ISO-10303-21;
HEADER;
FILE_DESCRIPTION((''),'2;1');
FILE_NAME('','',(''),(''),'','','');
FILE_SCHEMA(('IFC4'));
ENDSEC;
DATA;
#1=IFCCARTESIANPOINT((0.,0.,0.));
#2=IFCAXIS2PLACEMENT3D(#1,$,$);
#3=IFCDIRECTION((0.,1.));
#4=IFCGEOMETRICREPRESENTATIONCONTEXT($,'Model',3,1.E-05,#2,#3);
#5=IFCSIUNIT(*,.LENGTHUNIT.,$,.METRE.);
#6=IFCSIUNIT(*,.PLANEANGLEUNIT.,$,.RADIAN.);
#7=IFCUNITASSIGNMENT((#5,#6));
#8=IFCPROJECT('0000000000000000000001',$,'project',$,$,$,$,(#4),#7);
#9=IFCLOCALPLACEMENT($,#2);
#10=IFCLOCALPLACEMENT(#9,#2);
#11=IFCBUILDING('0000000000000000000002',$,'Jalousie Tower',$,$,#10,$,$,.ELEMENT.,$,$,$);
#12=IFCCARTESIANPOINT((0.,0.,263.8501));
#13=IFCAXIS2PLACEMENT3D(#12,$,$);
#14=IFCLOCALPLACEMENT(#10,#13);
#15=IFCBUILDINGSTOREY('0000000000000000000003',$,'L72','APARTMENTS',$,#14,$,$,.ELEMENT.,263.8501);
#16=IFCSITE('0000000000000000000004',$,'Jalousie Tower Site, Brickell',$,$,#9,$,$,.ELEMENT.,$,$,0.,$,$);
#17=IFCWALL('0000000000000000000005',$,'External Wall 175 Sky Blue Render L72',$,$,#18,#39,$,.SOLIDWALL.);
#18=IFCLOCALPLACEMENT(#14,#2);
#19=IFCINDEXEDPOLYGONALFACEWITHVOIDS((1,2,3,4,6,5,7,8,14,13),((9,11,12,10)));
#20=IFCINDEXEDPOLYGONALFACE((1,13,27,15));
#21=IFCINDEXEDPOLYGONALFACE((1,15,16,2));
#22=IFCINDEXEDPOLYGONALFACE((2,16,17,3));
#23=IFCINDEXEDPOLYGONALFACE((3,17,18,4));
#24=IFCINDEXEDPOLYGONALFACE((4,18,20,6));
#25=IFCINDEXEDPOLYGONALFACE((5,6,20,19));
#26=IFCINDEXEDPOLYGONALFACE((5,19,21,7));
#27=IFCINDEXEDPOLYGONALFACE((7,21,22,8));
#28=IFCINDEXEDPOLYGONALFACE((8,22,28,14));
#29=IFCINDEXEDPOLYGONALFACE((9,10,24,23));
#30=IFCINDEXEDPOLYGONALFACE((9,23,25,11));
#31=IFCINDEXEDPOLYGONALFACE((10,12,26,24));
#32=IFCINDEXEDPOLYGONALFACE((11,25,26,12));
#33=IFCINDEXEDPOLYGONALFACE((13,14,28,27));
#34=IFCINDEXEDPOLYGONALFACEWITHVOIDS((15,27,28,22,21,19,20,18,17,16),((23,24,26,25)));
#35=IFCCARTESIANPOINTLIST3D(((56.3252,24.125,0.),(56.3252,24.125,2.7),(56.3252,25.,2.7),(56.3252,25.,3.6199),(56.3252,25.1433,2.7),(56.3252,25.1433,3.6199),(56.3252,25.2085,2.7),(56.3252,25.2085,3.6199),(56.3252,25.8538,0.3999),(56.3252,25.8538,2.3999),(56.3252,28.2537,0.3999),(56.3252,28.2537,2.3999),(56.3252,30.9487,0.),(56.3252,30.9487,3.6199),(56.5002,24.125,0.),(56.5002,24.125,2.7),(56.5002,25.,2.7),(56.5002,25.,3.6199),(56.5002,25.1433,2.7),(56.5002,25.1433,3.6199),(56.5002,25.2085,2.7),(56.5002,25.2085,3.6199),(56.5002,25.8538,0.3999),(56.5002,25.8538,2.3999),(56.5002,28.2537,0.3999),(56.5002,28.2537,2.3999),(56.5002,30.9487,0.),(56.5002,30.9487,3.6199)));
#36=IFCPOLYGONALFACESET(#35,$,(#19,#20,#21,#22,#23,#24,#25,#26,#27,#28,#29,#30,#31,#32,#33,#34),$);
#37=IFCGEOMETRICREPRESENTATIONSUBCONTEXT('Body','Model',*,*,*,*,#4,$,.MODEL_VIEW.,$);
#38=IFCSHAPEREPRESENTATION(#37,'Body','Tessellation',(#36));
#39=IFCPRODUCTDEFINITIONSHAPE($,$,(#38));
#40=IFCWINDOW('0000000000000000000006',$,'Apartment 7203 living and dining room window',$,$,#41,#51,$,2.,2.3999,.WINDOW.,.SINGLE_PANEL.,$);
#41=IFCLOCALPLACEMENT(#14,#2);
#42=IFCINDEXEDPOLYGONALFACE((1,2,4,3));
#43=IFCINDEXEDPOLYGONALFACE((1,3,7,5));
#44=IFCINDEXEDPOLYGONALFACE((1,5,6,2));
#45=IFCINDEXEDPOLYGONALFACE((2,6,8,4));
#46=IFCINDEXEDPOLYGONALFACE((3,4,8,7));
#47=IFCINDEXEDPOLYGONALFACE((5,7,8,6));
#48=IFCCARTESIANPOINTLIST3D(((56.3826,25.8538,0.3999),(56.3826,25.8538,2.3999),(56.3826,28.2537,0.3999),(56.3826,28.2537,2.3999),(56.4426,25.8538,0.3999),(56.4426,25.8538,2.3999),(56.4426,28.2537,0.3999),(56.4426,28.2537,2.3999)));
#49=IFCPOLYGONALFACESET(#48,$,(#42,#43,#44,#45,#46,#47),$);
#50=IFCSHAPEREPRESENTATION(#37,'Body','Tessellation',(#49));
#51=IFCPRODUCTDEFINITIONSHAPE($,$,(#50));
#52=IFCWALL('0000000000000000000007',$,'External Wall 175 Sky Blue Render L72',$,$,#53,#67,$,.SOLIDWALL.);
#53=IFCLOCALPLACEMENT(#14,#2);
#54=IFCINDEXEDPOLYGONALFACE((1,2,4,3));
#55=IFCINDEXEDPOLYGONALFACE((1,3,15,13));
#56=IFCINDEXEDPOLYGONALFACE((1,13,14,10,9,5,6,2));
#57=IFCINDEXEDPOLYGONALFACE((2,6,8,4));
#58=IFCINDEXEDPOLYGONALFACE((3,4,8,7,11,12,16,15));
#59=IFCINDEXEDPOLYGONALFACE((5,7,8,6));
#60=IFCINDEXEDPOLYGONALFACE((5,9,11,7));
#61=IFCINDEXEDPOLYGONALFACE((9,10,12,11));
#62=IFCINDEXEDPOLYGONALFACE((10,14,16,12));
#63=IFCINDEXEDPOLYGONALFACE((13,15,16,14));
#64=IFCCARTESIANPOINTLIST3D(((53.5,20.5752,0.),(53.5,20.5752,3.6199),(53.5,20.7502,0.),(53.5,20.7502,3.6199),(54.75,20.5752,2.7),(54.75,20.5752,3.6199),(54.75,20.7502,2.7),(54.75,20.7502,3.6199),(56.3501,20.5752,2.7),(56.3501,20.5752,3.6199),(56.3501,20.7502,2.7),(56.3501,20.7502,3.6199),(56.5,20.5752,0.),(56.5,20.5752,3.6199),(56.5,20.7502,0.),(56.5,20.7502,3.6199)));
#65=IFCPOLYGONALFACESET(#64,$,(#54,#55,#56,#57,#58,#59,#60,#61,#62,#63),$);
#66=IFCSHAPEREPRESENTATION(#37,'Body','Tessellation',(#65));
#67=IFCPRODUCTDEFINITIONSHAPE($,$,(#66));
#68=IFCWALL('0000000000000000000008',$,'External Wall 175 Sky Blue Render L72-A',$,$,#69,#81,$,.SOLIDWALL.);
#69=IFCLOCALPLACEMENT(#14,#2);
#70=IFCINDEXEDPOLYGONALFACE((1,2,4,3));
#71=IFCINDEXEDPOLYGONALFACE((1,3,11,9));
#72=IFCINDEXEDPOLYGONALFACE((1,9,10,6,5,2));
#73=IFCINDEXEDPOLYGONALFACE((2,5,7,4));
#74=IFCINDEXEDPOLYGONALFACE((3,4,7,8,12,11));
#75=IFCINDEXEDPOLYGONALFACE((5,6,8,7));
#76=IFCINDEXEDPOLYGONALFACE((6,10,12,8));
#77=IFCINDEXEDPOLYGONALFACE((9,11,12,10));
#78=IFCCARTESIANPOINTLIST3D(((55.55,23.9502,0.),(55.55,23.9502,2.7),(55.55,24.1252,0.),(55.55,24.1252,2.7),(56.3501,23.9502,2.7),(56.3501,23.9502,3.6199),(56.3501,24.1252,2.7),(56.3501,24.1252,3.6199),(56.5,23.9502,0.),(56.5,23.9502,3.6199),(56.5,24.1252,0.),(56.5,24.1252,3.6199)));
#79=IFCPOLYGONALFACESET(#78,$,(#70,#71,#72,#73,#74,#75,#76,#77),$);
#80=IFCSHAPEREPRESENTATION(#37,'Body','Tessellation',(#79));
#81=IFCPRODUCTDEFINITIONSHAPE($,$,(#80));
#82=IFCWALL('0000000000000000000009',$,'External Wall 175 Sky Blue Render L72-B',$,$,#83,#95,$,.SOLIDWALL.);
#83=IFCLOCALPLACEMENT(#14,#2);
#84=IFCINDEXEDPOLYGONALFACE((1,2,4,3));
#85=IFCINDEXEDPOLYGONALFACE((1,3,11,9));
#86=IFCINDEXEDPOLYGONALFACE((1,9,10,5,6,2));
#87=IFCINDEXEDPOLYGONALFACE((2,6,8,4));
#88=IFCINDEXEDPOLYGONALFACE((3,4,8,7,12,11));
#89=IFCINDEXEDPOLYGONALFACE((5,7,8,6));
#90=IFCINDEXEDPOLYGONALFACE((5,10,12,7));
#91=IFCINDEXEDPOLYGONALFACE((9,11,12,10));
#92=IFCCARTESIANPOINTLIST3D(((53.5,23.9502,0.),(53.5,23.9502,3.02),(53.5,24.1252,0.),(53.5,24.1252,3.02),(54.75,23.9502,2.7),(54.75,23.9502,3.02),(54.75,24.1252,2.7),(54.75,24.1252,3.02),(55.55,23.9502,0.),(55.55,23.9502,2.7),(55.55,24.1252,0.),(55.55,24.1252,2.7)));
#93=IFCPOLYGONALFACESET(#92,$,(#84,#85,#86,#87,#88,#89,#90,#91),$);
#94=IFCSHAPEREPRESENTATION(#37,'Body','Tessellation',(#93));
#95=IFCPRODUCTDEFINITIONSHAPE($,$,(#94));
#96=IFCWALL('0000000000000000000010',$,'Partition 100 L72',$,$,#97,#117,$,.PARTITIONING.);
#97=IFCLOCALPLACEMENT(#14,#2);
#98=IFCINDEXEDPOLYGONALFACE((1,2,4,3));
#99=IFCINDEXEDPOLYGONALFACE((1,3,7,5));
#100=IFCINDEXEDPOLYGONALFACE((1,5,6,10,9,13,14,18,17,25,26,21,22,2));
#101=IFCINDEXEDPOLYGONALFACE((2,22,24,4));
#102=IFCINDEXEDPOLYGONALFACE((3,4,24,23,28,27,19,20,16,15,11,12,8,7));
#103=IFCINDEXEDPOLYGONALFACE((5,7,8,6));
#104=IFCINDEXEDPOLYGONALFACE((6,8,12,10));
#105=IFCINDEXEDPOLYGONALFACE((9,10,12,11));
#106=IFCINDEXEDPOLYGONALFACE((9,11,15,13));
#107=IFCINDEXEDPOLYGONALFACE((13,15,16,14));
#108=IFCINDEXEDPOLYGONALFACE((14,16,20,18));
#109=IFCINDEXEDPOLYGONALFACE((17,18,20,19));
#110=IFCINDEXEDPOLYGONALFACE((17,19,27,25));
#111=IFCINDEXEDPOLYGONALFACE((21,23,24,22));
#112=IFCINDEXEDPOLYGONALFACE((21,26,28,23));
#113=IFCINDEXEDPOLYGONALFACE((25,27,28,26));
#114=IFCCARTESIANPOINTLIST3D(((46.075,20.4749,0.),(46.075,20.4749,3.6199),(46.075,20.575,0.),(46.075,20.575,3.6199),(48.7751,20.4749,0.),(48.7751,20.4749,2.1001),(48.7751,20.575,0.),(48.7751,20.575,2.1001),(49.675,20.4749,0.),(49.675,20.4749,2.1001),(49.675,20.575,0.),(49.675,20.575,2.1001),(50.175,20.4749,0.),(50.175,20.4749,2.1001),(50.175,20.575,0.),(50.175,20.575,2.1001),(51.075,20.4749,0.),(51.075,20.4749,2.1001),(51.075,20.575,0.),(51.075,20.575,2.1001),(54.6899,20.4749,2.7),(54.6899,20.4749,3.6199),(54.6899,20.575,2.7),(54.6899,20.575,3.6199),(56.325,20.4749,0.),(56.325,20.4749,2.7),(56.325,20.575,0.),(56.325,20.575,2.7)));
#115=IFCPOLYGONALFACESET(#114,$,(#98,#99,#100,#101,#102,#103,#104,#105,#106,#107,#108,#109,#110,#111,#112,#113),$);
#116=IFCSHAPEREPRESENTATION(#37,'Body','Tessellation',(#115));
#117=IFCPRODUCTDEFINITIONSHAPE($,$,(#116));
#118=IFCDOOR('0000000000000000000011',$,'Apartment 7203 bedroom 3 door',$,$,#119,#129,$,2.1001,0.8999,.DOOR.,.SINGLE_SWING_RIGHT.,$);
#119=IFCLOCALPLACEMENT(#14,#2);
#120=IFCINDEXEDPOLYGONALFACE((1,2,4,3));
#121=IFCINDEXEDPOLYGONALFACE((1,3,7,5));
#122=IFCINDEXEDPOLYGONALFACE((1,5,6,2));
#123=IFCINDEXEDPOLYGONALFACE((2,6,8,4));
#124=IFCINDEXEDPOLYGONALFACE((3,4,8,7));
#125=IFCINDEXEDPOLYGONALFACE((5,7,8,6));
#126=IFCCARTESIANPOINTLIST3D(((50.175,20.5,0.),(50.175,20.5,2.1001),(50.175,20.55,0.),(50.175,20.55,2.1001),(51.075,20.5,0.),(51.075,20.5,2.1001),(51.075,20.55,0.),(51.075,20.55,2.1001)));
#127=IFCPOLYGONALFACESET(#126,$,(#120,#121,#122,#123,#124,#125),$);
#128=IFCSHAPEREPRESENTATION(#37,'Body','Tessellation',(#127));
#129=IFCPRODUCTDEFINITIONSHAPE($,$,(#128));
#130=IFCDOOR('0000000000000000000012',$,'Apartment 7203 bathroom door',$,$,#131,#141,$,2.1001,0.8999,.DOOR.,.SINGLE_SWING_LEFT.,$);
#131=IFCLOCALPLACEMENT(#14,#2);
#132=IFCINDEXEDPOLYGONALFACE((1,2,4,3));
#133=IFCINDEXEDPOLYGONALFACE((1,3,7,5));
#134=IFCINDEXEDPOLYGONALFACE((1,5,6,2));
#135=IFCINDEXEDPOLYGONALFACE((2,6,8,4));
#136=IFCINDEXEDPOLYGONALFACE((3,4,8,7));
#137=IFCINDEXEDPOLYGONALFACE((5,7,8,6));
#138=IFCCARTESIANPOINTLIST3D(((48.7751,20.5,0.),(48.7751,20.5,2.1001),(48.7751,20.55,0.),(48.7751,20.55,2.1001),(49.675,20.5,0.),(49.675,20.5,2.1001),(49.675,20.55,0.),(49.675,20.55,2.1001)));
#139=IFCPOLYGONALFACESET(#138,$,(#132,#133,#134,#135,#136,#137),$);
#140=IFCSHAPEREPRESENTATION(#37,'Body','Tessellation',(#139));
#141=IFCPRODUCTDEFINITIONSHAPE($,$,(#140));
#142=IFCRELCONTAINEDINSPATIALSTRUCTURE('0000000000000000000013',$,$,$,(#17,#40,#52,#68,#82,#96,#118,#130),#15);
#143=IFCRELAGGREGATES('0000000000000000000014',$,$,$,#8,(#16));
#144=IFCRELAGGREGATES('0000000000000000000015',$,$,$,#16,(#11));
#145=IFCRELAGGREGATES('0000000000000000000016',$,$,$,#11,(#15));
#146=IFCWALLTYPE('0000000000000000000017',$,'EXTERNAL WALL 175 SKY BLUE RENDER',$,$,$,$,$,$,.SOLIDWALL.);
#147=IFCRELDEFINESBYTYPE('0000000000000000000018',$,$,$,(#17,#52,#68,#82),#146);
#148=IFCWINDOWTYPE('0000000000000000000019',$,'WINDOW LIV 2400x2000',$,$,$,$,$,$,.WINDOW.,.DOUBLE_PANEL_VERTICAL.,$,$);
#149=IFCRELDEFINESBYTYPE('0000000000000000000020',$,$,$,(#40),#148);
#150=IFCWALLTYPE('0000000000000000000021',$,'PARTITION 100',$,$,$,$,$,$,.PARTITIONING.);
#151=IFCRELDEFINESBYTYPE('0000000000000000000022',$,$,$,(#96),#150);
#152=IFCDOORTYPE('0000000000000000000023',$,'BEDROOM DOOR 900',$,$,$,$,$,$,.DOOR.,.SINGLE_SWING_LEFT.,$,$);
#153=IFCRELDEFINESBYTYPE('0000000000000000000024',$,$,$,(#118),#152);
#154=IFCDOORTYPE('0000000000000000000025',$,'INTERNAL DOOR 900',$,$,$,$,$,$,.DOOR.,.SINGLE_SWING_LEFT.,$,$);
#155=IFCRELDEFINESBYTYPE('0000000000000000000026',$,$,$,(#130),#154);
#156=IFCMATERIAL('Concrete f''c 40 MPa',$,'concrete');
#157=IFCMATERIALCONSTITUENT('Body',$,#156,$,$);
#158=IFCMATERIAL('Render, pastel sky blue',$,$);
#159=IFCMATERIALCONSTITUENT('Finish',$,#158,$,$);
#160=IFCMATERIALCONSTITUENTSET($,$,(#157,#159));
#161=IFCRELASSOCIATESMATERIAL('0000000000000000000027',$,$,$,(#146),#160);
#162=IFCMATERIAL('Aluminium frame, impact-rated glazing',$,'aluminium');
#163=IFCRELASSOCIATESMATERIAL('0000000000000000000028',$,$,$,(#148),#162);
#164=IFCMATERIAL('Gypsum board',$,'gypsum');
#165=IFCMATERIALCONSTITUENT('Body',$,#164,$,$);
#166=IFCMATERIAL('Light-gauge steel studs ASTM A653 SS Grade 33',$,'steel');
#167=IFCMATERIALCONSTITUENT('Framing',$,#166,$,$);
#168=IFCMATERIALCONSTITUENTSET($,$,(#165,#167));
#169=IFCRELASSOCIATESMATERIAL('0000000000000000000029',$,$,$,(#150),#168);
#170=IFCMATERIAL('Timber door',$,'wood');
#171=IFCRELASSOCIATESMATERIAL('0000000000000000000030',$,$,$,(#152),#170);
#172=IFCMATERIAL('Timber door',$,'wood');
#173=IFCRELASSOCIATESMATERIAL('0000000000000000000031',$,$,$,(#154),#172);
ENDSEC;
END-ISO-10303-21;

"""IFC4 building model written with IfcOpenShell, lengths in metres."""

from ifc_helpers import new_model, si_unit, direction, frame, frame_2d, origin, place, context, subcontext, project, spatial, polyline, rectangle, outline, extrude, material, constituent, constituent_set, type_object, element, fill, save


model = new_model("IFC4")

# Units and contexts
model_context = context("Model", 3, precision=1e-05, world=origin(), true_north=direction((0.0, 1.0)))
body_context = subcontext(model_context, "Body", "Model", "MODEL_VIEW")
ifc_project = project(units=[si_unit("LENGTHUNIT", "METRE"), si_unit("PLANEANGLEUNIT", "RADIAN")], contexts=[model_context])

# Site, building, storey
site_placement = place(None, origin())
site = spatial("IfcSite", under=ifc_project, at=site_placement, Name="Jalousie Tower Site, Brickell", CompositionType="ELEMENT", RefElevation=0.0)
building_placement = place(site_placement, origin())
building = spatial("IfcBuilding", under=site, at=building_placement, Name="Jalousie Tower", CompositionType="ELEMENT")
storey_placement = place(building_placement, frame((0.0, 0.0, 263.8501)))
storey = spatial("IfcBuildingStorey", under=building, at=storey_placement, Name="L72", Description="APARTMENTS", CompositionType="ELEMENT", Elevation=263.8501)

# Wall, opening, window
ifc_material_1 = material(Name="Concrete f'c 40 MPa", Category="concrete")
ifc_constituent_1 = constituent(ifc_material_1, Name="Body")
ifc_material_2 = material(Name="Render, pastel sky blue")
ifc_constituent_2 = constituent(ifc_material_2, Name="Finish")
ifc_constituent_set_1 = constituent_set(constituents=[ifc_constituent_1, ifc_constituent_2])
wall_type_1 = type_object("IfcWallType", Name="EXTERNAL WALL 175 SKY BLUE RENDER", PredefinedType="SOLIDWALL", material=ifc_constituent_set_1)
wall_1_placement = place(storey_placement, frame((56.4126, 24.125, 0.0), z_axis=(0.0, 0.0, 1.0), x_axis=(0.0, 1.0, 0.0)))
wall_1 = element("IfcWall", 1, at=wall_1_placement, inside=storey, type_object=wall_type_1, Name="External Wall 175 Sky Blue Render L72", PredefinedType="SOLIDWALL", context=body_context, shape_type="SweptSolid", body=[
    extrude(outline(polyline([(0.0, 0.0), (6.8237, 0.0), (6.8237, 3.6199), (1.0835, 3.6199), (1.0835, 2.7), (1.0183, 2.7), (1.0183, 3.6199), (0.875, 3.6199), (0.875, 2.7), (0.0, 2.7), (0.0, 0.0)])), frame((0.0, 0.0874, 0.0), z_axis=(0.0, -1.0, 0.0), x_axis=(1.0, 0.0, 0.0)), (0.0, 0.0, 1.0), 0.175),
])
opening_1_placement = place(wall_1_placement, frame((1.7288, 0.0, 0.3999)))
opening_1 = element("IfcOpeningElement", 2, at=opening_1_placement, cuts=wall_1, PredefinedType="OPENING", context=body_context, shape_type="SweptSolid", body=[
    extrude(rectangle(XDim=2.3999, YDim=2.0, at=frame_2d((1.2, 1.0))), frame((0.0, 0.0974, 0.0), z_axis=(0.0, -1.0, 0.0), x_axis=(1.0, 0.0, 0.0)), (0.0, 0.0, 1.0), 0.1951),
])
ifc_material_3 = material(Name="Aluminium frame, impact-rated glazing", Category="aluminium")
window_type = type_object("IfcWindowType", Name="WINDOW LIV 2400x2000", PartitioningType="DOUBLE_PANEL_VERTICAL", PredefinedType="WINDOW", material=ifc_material_3)
window_placement = place(opening_1_placement, origin())
window = element("IfcWindow", 3, at=window_placement, inside=storey, type_object=window_type, Name="Apartment 7203 living and dining room window", OverallHeight=2.0, OverallWidth=2.3999, PartitioningType="SINGLE_PANEL", PredefinedType="WINDOW", context=body_context, shape_type="SweptSolid", body=[
    extrude(rectangle(XDim=2.3999, YDim=2.0, at=frame_2d((1.2, 1.0))), frame((0.0, 0.03, 0.0), z_axis=(0.0, -1.0, 0.0), x_axis=(1.0, 0.0, 0.0)), (0.0, 0.0, 1.0), 0.0601),
])
fill(opening_1, window)

# Walls
wall_2_placement = place(storey_placement, frame((56.5, 20.6626, 0.0), z_axis=(0.0, 0.0, 1.0), x_axis=(-1.0, 0.0, 0.0)))
element("IfcWall", 4, at=wall_2_placement, inside=storey, type_object=wall_type_1, Name="External Wall 175 Sky Blue Render L72", PredefinedType="SOLIDWALL", context=body_context, shape_type="SweptSolid", body=[
    extrude(outline(polyline([(0.0, 0.0), (3.0, 0.0), (3.0, 3.6199), (1.75, 3.6199), (1.75, 2.7), (0.1499, 2.7), (0.1499, 3.6199), (0.0, 3.6199), (0.0, 0.0)])), frame((0.0, 0.0874, 0.0), z_axis=(0.0, -1.0, 0.0), x_axis=(1.0, 0.0, 0.0)), (0.0, 0.0, 1.0), 0.175),
])
wall_3_placement = place(storey_placement, frame((56.5, 24.0376, 0.0), z_axis=(0.0, 0.0, 1.0), x_axis=(-1.0, 0.0, 0.0)))
element("IfcWall", 5, at=wall_3_placement, inside=storey, type_object=wall_type_1, Name="External Wall 175 Sky Blue Render L72-A", PredefinedType="SOLIDWALL", context=body_context, shape_type="SweptSolid", body=[
    extrude(outline(polyline([(0.0, 0.0), (0.95, 0.0), (0.95, 2.7), (0.1499, 2.7), (0.1499, 3.6199), (0.0, 3.6199), (0.0, 0.0)])), frame((0.0, 0.0874, 0.0), z_axis=(0.0, -1.0, 0.0), x_axis=(1.0, 0.0, 0.0)), (0.0, 0.0, 1.0), 0.175),
])
wall_4_placement = place(storey_placement, frame((55.55, 24.0376, 0.0), z_axis=(0.0, 0.0, 1.0), x_axis=(-1.0, 0.0, 0.0)))
element("IfcWall", 6, at=wall_4_placement, inside=storey, type_object=wall_type_1, Name="External Wall 175 Sky Blue Render L72-B", PredefinedType="SOLIDWALL", context=body_context, shape_type="SweptSolid", body=[
    extrude(outline(polyline([(0.0, 0.0), (2.05, 0.0), (2.05, 3.02), (0.8, 3.02), (0.8, 2.7), (0.0, 2.7), (0.0, 0.0)])), frame((0.0, 0.0874, 0.0), z_axis=(0.0, -1.0, 0.0), x_axis=(1.0, 0.0, 0.0)), (0.0, 0.0, 1.0), 0.175),
])

# Wall, openings, doors
ifc_material_4 = material(Name="Gypsum board", Category="gypsum")
ifc_constituent_3 = constituent(ifc_material_4, Name="Body")
ifc_material_5 = material(Name="Light-gauge steel studs ASTM A653 SS Grade 33", Category="steel")
ifc_constituent_4 = constituent(ifc_material_5, Name="Framing")
ifc_constituent_set_2 = constituent_set(constituents=[ifc_constituent_3, ifc_constituent_4])
wall_type_2 = type_object("IfcWallType", Name="PARTITION 100", PredefinedType="PARTITIONING", material=ifc_constituent_set_2)
wall_5_placement = place(storey_placement, frame((56.325, 20.5249, 0.0), z_axis=(0.0, 0.0, 1.0), x_axis=(-1.0, 0.0, 0.0)))
wall_5 = element("IfcWall", 7, at=wall_5_placement, inside=storey, type_object=wall_type_2, Name="Partition 100 L72", PredefinedType="PARTITIONING", context=body_context, shape_type="SweptSolid", body=[
    extrude(outline(polyline([(0.0, 0.0), (10.25, 0.0), (10.25, 3.6199), (1.635, 3.6199), (1.635, 2.7), (0.0, 2.7), (0.0, 3.6199), (0.0, 0.0)])), frame((0.0, 0.05, 0.0), z_axis=(0.0, -1.0, 0.0), x_axis=(1.0, 0.0, 0.0)), (0.0, 0.0, 1.0), 0.1001),
])
opening_2_placement = place(wall_5_placement, frame((5.25, 0.0, 0.0)))
opening_2 = element("IfcOpeningElement", 8, at=opening_2_placement, cuts=wall_5, PredefinedType="OPENING", context=body_context, shape_type="SweptSolid", body=[
    extrude(rectangle(XDim=0.8999, YDim=2.1001, at=frame_2d((0.45, 1.05))), frame((0.0, 0.0601, 0.0), z_axis=(0.0, -1.0, 0.0), x_axis=(1.0, 0.0, 0.0)), (0.0, 0.0, 1.0), 0.1201),
])
opening_3_placement = place(wall_5_placement, frame((6.6499, 0.0, 0.0)))
opening_3 = element("IfcOpeningElement", 9, at=opening_3_placement, cuts=wall_5, PredefinedType="OPENING", context=body_context, shape_type="SweptSolid", body=[
    extrude(rectangle(XDim=0.8999, YDim=2.1001, at=frame_2d((0.45, 1.05))), frame((0.0, 0.0601, 0.0), z_axis=(0.0, -1.0, 0.0), x_axis=(1.0, 0.0, 0.0)), (0.0, 0.0, 1.0), 0.1201),
])
ifc_material_6 = material(Name="Timber door", Category="wood")
door_type_1 = type_object("IfcDoorType", Name="BEDROOM DOOR 900", OperationType="SINGLE_SWING_LEFT", PredefinedType="DOOR", material=ifc_material_6)
door_1_placement = place(opening_2_placement, origin())
door_1 = element("IfcDoor", 10, at=door_1_placement, inside=storey, type_object=door_type_1, Name="Apartment 7203 bedroom 3 door", OperationType="SINGLE_SWING_RIGHT", OverallHeight=2.1001, OverallWidth=0.8999, PredefinedType="DOOR", context=body_context, shape_type="SweptSolid", body=[
    extrude(rectangle(XDim=0.8999, YDim=2.1001, at=frame_2d((0.45, 1.05))), frame((0.0, 0.0249, 0.0), z_axis=(0.0, -1.0, 0.0), x_axis=(1.0, 0.0, 0.0)), (0.0, 0.0, 1.0), 0.05),
])
fill(opening_2, door_1)
ifc_material_7 = material(Name="Timber door", Category="wood")
door_type_2 = type_object("IfcDoorType", Name="INTERNAL DOOR 900", OperationType="SINGLE_SWING_LEFT", PredefinedType="DOOR", material=ifc_material_7)
door_2_placement = place(opening_3_placement, origin())
door_2 = element("IfcDoor", 11, at=door_2_placement, inside=storey, type_object=door_type_2, Name="Apartment 7203 bathroom door", OperationType="SINGLE_SWING_LEFT", OverallHeight=2.1001, OverallWidth=0.8999, PredefinedType="DOOR", context=body_context, shape_type="SweptSolid", body=[
    extrude(rectangle(XDim=0.8999, YDim=2.1001, at=frame_2d((0.45, 1.05))), frame((0.0, 0.0249, 0.0), z_axis=(0.0, -1.0, 0.0), x_axis=(1.0, 0.0, 0.0)), (0.0, 0.0, 1.0), 0.05),
])
fill(opening_3, door_2)

save(model, "model.ifc")
